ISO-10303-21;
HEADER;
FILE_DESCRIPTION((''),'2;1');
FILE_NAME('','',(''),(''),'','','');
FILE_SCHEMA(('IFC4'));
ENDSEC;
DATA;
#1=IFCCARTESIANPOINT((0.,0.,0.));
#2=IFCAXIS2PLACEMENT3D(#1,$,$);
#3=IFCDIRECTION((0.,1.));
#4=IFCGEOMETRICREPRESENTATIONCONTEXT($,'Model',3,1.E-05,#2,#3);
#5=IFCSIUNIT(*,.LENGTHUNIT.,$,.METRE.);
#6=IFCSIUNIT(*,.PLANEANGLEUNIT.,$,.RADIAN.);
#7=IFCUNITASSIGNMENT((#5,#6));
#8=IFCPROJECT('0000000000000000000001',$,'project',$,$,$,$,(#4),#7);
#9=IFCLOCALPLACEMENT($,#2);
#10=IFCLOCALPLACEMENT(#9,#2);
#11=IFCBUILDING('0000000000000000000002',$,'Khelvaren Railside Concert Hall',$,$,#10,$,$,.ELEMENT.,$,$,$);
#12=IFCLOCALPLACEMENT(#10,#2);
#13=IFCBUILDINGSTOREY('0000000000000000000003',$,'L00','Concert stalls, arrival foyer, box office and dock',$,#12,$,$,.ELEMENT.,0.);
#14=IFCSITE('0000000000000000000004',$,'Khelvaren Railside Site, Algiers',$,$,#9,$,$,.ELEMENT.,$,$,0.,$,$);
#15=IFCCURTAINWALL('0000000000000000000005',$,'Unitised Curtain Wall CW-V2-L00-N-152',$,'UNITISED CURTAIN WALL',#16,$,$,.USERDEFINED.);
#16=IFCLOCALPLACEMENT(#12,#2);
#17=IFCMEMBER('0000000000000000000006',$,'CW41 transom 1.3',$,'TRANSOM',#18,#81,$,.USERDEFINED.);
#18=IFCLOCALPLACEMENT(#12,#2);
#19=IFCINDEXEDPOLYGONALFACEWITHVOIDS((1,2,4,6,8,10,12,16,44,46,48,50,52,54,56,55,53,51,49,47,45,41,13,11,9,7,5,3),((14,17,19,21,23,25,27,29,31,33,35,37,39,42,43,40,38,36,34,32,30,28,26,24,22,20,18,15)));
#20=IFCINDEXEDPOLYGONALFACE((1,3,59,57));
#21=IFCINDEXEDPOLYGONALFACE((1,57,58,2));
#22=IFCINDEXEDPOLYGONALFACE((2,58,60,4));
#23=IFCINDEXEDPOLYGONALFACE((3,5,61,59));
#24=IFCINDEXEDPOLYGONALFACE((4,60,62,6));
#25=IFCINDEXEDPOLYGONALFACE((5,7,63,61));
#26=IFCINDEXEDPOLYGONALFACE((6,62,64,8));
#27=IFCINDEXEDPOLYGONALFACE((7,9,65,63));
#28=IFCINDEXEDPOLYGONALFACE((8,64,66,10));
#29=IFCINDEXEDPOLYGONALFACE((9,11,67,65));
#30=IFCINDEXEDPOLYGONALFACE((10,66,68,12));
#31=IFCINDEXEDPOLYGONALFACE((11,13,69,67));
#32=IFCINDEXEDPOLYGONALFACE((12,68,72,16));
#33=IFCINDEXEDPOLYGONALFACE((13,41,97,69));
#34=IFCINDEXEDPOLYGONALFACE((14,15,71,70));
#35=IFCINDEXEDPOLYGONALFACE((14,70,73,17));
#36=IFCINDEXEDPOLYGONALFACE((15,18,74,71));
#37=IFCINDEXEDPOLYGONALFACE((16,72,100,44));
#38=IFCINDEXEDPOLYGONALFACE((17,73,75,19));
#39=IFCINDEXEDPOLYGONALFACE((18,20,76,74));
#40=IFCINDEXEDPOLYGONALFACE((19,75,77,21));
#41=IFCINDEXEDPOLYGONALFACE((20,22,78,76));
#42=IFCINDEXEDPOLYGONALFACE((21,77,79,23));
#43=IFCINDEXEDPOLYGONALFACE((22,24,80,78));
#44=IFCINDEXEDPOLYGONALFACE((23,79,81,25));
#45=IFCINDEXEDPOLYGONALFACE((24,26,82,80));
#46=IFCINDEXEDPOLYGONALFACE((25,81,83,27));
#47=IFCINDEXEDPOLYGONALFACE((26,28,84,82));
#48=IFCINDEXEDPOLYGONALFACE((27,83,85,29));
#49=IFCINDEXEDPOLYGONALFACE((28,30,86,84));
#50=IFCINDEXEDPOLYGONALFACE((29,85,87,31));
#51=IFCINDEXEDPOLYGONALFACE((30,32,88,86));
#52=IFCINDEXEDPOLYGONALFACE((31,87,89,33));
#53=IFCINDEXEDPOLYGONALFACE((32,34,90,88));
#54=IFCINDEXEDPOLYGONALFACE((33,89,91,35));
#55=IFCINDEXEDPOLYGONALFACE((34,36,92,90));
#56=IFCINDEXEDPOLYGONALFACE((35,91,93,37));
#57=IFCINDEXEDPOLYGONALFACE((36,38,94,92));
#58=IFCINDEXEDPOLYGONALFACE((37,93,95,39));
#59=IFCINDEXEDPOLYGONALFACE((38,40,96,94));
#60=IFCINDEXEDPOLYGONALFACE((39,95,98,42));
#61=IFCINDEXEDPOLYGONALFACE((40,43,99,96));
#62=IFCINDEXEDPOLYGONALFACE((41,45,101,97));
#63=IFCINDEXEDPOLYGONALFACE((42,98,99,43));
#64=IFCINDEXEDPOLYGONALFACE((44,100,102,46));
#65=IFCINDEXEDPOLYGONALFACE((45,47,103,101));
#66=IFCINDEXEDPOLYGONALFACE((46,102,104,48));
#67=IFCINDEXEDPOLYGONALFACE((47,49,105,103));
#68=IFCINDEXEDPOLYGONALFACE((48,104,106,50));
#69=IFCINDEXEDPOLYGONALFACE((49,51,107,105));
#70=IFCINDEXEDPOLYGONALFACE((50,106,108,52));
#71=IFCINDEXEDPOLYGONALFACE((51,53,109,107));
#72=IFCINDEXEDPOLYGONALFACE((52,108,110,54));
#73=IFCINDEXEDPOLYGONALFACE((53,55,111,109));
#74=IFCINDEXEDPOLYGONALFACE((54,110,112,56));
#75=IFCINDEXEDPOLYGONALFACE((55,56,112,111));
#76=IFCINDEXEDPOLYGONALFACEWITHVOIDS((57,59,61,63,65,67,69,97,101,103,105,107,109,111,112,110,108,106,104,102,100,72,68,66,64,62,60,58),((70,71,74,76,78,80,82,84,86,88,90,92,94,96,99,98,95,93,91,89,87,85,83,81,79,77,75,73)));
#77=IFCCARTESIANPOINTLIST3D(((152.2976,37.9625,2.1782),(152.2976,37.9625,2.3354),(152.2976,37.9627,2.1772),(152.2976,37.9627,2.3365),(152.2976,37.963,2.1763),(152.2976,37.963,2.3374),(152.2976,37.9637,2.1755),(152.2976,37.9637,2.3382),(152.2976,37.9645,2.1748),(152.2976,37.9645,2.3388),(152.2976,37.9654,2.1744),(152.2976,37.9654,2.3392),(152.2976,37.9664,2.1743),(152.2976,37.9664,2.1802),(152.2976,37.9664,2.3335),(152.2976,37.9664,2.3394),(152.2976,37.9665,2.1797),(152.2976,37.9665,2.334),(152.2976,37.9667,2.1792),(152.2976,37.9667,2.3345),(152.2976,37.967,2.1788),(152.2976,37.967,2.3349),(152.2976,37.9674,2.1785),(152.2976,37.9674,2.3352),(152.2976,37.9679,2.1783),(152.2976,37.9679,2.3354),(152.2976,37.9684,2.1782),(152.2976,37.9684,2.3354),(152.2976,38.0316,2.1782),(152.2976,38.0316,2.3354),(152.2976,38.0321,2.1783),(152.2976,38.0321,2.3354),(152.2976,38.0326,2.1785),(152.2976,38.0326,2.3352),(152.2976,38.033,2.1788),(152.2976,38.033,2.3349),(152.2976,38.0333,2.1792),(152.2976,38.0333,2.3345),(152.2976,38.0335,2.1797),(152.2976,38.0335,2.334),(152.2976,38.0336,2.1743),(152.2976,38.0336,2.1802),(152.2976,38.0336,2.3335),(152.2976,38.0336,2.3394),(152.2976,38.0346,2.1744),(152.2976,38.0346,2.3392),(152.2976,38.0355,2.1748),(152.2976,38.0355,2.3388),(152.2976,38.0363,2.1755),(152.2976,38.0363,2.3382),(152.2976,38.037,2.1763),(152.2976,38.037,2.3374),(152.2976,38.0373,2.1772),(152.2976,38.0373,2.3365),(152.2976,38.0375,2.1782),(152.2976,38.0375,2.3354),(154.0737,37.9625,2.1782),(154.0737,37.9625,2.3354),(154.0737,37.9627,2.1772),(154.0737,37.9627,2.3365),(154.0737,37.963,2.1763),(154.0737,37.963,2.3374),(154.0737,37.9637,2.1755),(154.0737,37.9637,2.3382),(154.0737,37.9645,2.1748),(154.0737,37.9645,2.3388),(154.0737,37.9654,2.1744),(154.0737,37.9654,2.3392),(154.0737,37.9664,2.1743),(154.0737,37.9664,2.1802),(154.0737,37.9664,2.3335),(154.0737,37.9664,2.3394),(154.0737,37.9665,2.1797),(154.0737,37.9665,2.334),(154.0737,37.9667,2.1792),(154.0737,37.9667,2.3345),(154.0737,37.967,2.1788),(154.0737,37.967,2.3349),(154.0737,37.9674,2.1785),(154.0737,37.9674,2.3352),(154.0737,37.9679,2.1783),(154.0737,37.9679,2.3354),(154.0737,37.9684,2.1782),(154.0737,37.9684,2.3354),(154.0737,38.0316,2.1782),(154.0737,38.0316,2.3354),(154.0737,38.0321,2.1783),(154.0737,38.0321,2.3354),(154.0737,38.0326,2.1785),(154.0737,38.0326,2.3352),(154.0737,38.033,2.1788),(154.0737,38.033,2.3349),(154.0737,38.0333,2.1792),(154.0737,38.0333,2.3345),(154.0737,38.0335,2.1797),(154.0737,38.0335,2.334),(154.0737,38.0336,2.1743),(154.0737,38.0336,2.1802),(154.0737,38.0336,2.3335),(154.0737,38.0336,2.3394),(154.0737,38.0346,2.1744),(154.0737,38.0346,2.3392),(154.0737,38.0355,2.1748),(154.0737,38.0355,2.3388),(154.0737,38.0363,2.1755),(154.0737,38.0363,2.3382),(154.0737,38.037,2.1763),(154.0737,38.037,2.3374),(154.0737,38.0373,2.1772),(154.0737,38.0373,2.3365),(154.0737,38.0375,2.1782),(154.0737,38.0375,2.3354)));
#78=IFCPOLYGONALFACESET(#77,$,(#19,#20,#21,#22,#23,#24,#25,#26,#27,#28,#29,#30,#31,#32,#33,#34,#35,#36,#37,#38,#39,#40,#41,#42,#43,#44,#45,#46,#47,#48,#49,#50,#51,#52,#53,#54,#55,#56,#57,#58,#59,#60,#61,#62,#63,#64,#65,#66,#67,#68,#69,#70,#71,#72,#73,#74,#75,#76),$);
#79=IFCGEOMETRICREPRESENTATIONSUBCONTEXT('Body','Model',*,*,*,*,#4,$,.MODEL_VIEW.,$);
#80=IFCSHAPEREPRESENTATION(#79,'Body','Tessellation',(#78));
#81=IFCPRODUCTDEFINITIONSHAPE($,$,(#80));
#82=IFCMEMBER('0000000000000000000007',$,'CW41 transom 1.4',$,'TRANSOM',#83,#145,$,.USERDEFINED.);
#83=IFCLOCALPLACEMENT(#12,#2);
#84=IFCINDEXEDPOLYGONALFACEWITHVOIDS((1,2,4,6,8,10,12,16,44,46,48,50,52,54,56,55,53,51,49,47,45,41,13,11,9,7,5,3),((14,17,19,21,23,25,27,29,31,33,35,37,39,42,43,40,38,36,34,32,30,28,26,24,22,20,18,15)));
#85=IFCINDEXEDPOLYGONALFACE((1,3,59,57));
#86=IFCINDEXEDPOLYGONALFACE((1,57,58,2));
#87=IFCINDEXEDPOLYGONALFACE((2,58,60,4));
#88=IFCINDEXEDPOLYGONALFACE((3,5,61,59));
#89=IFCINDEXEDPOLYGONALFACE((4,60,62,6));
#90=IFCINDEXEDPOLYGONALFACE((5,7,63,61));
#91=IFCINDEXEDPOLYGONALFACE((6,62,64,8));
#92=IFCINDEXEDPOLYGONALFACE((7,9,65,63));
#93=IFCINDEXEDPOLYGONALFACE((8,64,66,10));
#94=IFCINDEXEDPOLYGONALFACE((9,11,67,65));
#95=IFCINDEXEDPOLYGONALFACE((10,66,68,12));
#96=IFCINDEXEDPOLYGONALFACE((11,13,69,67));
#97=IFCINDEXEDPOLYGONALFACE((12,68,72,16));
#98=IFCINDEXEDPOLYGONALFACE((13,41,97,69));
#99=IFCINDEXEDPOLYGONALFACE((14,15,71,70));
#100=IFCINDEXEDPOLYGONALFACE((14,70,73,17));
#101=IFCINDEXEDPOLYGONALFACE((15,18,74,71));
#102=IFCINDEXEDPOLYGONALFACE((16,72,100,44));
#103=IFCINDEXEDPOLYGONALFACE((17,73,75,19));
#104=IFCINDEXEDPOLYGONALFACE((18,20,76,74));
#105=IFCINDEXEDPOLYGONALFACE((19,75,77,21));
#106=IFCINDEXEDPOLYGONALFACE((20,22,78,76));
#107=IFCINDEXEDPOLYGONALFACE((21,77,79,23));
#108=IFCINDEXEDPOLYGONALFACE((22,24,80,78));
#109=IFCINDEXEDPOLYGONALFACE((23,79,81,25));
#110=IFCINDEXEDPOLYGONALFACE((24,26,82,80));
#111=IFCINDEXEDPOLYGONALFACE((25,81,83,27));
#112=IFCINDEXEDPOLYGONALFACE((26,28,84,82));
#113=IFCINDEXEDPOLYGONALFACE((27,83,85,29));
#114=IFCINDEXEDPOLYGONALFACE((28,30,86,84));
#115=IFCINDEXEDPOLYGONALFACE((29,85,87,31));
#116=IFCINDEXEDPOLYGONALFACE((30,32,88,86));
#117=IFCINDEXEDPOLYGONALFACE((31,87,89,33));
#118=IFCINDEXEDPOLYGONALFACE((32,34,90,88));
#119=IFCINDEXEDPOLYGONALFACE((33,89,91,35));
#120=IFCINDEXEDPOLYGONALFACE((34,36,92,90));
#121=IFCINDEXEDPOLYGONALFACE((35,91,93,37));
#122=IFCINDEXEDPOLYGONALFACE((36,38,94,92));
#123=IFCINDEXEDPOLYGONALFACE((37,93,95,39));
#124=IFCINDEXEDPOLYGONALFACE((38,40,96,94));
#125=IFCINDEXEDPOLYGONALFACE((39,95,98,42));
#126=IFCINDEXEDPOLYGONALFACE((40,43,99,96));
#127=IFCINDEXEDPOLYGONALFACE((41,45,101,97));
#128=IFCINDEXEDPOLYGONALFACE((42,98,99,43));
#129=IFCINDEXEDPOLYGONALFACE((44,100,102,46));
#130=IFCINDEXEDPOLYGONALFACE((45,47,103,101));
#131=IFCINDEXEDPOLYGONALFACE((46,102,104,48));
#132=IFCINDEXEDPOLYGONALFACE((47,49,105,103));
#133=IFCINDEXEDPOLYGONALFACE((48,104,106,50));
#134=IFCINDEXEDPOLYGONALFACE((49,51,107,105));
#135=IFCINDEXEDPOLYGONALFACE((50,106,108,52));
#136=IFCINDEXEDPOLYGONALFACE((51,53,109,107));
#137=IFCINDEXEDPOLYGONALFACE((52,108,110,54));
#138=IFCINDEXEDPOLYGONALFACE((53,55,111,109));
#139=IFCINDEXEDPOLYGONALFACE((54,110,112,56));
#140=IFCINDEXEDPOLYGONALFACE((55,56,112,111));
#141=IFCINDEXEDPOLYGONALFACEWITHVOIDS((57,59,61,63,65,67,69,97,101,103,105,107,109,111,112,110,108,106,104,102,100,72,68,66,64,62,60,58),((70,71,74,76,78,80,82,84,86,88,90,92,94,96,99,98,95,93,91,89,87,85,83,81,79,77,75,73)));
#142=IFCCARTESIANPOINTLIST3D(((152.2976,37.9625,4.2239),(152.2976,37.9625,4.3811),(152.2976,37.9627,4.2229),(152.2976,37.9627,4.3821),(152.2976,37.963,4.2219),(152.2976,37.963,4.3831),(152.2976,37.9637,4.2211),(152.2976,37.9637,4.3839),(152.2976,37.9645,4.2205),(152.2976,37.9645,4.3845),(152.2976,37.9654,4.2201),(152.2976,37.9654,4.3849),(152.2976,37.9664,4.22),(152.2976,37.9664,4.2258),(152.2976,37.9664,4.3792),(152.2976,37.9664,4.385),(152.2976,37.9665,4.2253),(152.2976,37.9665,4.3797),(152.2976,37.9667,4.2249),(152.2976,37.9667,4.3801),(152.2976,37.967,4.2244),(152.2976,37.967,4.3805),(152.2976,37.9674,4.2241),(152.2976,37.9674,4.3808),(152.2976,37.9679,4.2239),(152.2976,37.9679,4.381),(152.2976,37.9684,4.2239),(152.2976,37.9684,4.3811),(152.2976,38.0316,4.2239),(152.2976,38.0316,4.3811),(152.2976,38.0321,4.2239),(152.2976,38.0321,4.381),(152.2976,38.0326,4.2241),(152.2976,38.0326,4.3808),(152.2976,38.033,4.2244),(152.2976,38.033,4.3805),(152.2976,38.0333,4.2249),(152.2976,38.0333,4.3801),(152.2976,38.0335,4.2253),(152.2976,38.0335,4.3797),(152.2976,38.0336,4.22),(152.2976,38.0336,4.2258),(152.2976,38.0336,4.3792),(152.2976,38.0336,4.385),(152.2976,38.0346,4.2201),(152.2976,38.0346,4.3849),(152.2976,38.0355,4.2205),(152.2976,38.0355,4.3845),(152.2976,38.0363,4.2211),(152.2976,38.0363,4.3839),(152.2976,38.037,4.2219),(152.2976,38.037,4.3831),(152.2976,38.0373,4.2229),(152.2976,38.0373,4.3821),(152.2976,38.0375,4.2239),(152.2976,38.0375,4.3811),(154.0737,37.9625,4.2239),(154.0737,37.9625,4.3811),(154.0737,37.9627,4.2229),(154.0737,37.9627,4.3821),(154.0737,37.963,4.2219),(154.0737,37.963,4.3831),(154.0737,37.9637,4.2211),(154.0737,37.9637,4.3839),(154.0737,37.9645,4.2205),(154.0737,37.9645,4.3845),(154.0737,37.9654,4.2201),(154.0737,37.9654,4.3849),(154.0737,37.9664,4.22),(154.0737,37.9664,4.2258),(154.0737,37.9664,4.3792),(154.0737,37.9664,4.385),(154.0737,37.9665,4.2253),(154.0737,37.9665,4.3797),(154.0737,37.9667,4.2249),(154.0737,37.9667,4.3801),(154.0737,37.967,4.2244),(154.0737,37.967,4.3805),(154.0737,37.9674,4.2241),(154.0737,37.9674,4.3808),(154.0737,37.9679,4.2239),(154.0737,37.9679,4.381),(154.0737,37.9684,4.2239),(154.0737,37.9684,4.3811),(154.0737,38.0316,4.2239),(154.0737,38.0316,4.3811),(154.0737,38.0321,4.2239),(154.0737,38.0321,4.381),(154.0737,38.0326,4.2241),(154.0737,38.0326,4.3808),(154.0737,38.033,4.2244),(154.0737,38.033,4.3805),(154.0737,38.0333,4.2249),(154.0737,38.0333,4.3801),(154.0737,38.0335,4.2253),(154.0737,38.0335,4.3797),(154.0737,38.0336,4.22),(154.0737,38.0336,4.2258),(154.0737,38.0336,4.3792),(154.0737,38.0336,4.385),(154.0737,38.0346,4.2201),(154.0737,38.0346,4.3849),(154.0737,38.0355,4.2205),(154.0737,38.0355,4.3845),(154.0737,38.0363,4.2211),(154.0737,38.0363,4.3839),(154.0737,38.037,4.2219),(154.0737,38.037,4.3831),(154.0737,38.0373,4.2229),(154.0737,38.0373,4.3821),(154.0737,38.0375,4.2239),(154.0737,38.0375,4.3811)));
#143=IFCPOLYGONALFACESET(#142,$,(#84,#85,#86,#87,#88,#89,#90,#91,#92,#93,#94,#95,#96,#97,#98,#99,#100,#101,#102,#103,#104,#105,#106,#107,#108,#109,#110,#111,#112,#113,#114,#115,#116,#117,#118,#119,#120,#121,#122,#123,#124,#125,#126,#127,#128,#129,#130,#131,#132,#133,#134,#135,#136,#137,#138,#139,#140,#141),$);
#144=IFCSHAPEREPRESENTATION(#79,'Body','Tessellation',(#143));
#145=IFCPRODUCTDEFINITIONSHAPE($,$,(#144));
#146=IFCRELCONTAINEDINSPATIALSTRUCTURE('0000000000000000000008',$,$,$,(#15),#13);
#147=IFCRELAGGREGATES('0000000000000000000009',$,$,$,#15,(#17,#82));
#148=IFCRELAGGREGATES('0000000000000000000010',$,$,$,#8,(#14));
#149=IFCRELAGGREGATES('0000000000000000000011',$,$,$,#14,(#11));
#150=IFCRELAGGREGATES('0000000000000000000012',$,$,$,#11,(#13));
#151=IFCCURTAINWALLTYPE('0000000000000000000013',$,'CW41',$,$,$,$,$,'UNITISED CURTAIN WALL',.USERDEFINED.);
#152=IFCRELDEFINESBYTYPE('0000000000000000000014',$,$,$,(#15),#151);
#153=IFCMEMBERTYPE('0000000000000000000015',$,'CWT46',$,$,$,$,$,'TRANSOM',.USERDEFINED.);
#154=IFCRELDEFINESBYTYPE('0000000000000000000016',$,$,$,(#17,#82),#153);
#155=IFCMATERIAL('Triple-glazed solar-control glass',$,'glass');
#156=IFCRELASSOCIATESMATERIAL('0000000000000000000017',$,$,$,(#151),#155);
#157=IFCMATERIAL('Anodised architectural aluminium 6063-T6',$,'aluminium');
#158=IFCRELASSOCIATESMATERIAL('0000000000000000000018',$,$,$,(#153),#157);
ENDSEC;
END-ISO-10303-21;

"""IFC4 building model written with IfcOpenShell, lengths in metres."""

from ifc_helpers import new_model, si_unit, direction, frame, origin, origin_2d, place, context, subcontext, project, spatial, hollow_rectangle, extrude, material, material_profile, profile_set, type_object, element, aggregate, save


model = new_model("IFC4")

# Units and contexts
model_context = context("Model", 3, precision=1e-05, world=origin(), true_north=direction((0.0, 1.0)))
body_context = subcontext(model_context, "Body", "Model", "MODEL_VIEW")
ifc_project = project(units=[si_unit("LENGTHUNIT", "METRE"), si_unit("PLANEANGLEUNIT", "RADIAN")], contexts=[model_context])

# Site, building, storey
site_placement = place(None, origin())
site = spatial("IfcSite", under=ifc_project, at=site_placement, Name="Khelvaren Railside Site, Algiers", CompositionType="ELEMENT", RefElevation=0.0)
building_placement = place(site_placement, origin())
building = spatial("IfcBuilding", under=site, at=building_placement, Name="Khelvaren Railside Concert Hall", CompositionType="ELEMENT")
storey_placement = place(building_placement, origin())
storey = spatial("IfcBuildingStorey", under=building, at=storey_placement, Name="L00", Description="Concert stalls, arrival foyer, box office and dock", CompositionType="ELEMENT", Elevation=0.0)

# Curtain wall
ifc_material_1 = material(Name="Triple-glazed solar-control glass", Category="glass")
ifc_material_2 = material(Name="Anodised architectural aluminium 6063-T6", Category="aluminium")
curtain_wall_type_1 = type_object("IfcCurtainWallType", Name="CW41", ElementType="UNITISED CURTAIN WALL", PredefinedType="USERDEFINED", material=ifc_material_1)
curtain_wall_1_placement = place(storey_placement, origin())
curtain_wall_1 = element("IfcCurtainWall", 1, at=curtain_wall_1_placement, inside=storey, type_object=curtain_wall_type_1, Name="Unitised Curtain Wall CW-V2-L00-N-152", ObjectType="UNITISED CURTAIN WALL", PredefinedType="USERDEFINED")

# Members
ifc_material_profile_1 = material_profile(ifc_material_2, hollow_rectangle(XDim=0.075, YDim=0.165, WallThickness=0.0039, InnerFilletRadius=0.002, OuterFilletRadius=0.0039, at=origin_2d()), Name="CWT 75x165x4")
ifc_profile_set_1 = profile_set([ifc_material_profile_1], Name="Anodised architectural aluminium 6063-T6")
member_type_1 = type_object("IfcMemberType", Name="CWT46", ElementType="TRANSOM", PredefinedType="USERDEFINED", material=ifc_profile_set_1)
member_1_placement = place(storey_placement, frame((152.2976, 38.0, 2.2568), z_axis=(1.0, 0.0, 0.0), x_axis=(0.0, 1.0, 0.0)))
member_1 = element("IfcMember", 2, at=member_1_placement, type_object=member_type_1, Name="CW41 transom 1.3", ObjectType="TRANSOM", PredefinedType="USERDEFINED", context=body_context, shape_type="SweptSolid", body=[
    extrude(hollow_rectangle(XDim=0.075, YDim=0.165, WallThickness=0.0039, InnerFilletRadius=0.002, OuterFilletRadius=0.0039, at=origin_2d()), origin(), (0.0, 0.0, 1.0), 1.7761),
])
member_2_placement = place(storey_placement, frame((152.2976, 38.0, 4.3025), z_axis=(1.0, 0.0, 0.0), x_axis=(0.0, 1.0, 0.0)))
member_2 = element("IfcMember", 3, at=member_2_placement, type_object=member_type_1, Name="CW41 transom 1.4", ObjectType="TRANSOM", PredefinedType="USERDEFINED", context=body_context, shape_type="SweptSolid", body=[
    extrude(hollow_rectangle(XDim=0.075, YDim=0.165, WallThickness=0.0039, InnerFilletRadius=0.002, OuterFilletRadius=0.0039, at=origin_2d()), origin(), (0.0, 0.0, 1.0), 1.7761),
])

aggregate(curtain_wall_1, [member_1, member_2])

save(model, "model.ifc")
